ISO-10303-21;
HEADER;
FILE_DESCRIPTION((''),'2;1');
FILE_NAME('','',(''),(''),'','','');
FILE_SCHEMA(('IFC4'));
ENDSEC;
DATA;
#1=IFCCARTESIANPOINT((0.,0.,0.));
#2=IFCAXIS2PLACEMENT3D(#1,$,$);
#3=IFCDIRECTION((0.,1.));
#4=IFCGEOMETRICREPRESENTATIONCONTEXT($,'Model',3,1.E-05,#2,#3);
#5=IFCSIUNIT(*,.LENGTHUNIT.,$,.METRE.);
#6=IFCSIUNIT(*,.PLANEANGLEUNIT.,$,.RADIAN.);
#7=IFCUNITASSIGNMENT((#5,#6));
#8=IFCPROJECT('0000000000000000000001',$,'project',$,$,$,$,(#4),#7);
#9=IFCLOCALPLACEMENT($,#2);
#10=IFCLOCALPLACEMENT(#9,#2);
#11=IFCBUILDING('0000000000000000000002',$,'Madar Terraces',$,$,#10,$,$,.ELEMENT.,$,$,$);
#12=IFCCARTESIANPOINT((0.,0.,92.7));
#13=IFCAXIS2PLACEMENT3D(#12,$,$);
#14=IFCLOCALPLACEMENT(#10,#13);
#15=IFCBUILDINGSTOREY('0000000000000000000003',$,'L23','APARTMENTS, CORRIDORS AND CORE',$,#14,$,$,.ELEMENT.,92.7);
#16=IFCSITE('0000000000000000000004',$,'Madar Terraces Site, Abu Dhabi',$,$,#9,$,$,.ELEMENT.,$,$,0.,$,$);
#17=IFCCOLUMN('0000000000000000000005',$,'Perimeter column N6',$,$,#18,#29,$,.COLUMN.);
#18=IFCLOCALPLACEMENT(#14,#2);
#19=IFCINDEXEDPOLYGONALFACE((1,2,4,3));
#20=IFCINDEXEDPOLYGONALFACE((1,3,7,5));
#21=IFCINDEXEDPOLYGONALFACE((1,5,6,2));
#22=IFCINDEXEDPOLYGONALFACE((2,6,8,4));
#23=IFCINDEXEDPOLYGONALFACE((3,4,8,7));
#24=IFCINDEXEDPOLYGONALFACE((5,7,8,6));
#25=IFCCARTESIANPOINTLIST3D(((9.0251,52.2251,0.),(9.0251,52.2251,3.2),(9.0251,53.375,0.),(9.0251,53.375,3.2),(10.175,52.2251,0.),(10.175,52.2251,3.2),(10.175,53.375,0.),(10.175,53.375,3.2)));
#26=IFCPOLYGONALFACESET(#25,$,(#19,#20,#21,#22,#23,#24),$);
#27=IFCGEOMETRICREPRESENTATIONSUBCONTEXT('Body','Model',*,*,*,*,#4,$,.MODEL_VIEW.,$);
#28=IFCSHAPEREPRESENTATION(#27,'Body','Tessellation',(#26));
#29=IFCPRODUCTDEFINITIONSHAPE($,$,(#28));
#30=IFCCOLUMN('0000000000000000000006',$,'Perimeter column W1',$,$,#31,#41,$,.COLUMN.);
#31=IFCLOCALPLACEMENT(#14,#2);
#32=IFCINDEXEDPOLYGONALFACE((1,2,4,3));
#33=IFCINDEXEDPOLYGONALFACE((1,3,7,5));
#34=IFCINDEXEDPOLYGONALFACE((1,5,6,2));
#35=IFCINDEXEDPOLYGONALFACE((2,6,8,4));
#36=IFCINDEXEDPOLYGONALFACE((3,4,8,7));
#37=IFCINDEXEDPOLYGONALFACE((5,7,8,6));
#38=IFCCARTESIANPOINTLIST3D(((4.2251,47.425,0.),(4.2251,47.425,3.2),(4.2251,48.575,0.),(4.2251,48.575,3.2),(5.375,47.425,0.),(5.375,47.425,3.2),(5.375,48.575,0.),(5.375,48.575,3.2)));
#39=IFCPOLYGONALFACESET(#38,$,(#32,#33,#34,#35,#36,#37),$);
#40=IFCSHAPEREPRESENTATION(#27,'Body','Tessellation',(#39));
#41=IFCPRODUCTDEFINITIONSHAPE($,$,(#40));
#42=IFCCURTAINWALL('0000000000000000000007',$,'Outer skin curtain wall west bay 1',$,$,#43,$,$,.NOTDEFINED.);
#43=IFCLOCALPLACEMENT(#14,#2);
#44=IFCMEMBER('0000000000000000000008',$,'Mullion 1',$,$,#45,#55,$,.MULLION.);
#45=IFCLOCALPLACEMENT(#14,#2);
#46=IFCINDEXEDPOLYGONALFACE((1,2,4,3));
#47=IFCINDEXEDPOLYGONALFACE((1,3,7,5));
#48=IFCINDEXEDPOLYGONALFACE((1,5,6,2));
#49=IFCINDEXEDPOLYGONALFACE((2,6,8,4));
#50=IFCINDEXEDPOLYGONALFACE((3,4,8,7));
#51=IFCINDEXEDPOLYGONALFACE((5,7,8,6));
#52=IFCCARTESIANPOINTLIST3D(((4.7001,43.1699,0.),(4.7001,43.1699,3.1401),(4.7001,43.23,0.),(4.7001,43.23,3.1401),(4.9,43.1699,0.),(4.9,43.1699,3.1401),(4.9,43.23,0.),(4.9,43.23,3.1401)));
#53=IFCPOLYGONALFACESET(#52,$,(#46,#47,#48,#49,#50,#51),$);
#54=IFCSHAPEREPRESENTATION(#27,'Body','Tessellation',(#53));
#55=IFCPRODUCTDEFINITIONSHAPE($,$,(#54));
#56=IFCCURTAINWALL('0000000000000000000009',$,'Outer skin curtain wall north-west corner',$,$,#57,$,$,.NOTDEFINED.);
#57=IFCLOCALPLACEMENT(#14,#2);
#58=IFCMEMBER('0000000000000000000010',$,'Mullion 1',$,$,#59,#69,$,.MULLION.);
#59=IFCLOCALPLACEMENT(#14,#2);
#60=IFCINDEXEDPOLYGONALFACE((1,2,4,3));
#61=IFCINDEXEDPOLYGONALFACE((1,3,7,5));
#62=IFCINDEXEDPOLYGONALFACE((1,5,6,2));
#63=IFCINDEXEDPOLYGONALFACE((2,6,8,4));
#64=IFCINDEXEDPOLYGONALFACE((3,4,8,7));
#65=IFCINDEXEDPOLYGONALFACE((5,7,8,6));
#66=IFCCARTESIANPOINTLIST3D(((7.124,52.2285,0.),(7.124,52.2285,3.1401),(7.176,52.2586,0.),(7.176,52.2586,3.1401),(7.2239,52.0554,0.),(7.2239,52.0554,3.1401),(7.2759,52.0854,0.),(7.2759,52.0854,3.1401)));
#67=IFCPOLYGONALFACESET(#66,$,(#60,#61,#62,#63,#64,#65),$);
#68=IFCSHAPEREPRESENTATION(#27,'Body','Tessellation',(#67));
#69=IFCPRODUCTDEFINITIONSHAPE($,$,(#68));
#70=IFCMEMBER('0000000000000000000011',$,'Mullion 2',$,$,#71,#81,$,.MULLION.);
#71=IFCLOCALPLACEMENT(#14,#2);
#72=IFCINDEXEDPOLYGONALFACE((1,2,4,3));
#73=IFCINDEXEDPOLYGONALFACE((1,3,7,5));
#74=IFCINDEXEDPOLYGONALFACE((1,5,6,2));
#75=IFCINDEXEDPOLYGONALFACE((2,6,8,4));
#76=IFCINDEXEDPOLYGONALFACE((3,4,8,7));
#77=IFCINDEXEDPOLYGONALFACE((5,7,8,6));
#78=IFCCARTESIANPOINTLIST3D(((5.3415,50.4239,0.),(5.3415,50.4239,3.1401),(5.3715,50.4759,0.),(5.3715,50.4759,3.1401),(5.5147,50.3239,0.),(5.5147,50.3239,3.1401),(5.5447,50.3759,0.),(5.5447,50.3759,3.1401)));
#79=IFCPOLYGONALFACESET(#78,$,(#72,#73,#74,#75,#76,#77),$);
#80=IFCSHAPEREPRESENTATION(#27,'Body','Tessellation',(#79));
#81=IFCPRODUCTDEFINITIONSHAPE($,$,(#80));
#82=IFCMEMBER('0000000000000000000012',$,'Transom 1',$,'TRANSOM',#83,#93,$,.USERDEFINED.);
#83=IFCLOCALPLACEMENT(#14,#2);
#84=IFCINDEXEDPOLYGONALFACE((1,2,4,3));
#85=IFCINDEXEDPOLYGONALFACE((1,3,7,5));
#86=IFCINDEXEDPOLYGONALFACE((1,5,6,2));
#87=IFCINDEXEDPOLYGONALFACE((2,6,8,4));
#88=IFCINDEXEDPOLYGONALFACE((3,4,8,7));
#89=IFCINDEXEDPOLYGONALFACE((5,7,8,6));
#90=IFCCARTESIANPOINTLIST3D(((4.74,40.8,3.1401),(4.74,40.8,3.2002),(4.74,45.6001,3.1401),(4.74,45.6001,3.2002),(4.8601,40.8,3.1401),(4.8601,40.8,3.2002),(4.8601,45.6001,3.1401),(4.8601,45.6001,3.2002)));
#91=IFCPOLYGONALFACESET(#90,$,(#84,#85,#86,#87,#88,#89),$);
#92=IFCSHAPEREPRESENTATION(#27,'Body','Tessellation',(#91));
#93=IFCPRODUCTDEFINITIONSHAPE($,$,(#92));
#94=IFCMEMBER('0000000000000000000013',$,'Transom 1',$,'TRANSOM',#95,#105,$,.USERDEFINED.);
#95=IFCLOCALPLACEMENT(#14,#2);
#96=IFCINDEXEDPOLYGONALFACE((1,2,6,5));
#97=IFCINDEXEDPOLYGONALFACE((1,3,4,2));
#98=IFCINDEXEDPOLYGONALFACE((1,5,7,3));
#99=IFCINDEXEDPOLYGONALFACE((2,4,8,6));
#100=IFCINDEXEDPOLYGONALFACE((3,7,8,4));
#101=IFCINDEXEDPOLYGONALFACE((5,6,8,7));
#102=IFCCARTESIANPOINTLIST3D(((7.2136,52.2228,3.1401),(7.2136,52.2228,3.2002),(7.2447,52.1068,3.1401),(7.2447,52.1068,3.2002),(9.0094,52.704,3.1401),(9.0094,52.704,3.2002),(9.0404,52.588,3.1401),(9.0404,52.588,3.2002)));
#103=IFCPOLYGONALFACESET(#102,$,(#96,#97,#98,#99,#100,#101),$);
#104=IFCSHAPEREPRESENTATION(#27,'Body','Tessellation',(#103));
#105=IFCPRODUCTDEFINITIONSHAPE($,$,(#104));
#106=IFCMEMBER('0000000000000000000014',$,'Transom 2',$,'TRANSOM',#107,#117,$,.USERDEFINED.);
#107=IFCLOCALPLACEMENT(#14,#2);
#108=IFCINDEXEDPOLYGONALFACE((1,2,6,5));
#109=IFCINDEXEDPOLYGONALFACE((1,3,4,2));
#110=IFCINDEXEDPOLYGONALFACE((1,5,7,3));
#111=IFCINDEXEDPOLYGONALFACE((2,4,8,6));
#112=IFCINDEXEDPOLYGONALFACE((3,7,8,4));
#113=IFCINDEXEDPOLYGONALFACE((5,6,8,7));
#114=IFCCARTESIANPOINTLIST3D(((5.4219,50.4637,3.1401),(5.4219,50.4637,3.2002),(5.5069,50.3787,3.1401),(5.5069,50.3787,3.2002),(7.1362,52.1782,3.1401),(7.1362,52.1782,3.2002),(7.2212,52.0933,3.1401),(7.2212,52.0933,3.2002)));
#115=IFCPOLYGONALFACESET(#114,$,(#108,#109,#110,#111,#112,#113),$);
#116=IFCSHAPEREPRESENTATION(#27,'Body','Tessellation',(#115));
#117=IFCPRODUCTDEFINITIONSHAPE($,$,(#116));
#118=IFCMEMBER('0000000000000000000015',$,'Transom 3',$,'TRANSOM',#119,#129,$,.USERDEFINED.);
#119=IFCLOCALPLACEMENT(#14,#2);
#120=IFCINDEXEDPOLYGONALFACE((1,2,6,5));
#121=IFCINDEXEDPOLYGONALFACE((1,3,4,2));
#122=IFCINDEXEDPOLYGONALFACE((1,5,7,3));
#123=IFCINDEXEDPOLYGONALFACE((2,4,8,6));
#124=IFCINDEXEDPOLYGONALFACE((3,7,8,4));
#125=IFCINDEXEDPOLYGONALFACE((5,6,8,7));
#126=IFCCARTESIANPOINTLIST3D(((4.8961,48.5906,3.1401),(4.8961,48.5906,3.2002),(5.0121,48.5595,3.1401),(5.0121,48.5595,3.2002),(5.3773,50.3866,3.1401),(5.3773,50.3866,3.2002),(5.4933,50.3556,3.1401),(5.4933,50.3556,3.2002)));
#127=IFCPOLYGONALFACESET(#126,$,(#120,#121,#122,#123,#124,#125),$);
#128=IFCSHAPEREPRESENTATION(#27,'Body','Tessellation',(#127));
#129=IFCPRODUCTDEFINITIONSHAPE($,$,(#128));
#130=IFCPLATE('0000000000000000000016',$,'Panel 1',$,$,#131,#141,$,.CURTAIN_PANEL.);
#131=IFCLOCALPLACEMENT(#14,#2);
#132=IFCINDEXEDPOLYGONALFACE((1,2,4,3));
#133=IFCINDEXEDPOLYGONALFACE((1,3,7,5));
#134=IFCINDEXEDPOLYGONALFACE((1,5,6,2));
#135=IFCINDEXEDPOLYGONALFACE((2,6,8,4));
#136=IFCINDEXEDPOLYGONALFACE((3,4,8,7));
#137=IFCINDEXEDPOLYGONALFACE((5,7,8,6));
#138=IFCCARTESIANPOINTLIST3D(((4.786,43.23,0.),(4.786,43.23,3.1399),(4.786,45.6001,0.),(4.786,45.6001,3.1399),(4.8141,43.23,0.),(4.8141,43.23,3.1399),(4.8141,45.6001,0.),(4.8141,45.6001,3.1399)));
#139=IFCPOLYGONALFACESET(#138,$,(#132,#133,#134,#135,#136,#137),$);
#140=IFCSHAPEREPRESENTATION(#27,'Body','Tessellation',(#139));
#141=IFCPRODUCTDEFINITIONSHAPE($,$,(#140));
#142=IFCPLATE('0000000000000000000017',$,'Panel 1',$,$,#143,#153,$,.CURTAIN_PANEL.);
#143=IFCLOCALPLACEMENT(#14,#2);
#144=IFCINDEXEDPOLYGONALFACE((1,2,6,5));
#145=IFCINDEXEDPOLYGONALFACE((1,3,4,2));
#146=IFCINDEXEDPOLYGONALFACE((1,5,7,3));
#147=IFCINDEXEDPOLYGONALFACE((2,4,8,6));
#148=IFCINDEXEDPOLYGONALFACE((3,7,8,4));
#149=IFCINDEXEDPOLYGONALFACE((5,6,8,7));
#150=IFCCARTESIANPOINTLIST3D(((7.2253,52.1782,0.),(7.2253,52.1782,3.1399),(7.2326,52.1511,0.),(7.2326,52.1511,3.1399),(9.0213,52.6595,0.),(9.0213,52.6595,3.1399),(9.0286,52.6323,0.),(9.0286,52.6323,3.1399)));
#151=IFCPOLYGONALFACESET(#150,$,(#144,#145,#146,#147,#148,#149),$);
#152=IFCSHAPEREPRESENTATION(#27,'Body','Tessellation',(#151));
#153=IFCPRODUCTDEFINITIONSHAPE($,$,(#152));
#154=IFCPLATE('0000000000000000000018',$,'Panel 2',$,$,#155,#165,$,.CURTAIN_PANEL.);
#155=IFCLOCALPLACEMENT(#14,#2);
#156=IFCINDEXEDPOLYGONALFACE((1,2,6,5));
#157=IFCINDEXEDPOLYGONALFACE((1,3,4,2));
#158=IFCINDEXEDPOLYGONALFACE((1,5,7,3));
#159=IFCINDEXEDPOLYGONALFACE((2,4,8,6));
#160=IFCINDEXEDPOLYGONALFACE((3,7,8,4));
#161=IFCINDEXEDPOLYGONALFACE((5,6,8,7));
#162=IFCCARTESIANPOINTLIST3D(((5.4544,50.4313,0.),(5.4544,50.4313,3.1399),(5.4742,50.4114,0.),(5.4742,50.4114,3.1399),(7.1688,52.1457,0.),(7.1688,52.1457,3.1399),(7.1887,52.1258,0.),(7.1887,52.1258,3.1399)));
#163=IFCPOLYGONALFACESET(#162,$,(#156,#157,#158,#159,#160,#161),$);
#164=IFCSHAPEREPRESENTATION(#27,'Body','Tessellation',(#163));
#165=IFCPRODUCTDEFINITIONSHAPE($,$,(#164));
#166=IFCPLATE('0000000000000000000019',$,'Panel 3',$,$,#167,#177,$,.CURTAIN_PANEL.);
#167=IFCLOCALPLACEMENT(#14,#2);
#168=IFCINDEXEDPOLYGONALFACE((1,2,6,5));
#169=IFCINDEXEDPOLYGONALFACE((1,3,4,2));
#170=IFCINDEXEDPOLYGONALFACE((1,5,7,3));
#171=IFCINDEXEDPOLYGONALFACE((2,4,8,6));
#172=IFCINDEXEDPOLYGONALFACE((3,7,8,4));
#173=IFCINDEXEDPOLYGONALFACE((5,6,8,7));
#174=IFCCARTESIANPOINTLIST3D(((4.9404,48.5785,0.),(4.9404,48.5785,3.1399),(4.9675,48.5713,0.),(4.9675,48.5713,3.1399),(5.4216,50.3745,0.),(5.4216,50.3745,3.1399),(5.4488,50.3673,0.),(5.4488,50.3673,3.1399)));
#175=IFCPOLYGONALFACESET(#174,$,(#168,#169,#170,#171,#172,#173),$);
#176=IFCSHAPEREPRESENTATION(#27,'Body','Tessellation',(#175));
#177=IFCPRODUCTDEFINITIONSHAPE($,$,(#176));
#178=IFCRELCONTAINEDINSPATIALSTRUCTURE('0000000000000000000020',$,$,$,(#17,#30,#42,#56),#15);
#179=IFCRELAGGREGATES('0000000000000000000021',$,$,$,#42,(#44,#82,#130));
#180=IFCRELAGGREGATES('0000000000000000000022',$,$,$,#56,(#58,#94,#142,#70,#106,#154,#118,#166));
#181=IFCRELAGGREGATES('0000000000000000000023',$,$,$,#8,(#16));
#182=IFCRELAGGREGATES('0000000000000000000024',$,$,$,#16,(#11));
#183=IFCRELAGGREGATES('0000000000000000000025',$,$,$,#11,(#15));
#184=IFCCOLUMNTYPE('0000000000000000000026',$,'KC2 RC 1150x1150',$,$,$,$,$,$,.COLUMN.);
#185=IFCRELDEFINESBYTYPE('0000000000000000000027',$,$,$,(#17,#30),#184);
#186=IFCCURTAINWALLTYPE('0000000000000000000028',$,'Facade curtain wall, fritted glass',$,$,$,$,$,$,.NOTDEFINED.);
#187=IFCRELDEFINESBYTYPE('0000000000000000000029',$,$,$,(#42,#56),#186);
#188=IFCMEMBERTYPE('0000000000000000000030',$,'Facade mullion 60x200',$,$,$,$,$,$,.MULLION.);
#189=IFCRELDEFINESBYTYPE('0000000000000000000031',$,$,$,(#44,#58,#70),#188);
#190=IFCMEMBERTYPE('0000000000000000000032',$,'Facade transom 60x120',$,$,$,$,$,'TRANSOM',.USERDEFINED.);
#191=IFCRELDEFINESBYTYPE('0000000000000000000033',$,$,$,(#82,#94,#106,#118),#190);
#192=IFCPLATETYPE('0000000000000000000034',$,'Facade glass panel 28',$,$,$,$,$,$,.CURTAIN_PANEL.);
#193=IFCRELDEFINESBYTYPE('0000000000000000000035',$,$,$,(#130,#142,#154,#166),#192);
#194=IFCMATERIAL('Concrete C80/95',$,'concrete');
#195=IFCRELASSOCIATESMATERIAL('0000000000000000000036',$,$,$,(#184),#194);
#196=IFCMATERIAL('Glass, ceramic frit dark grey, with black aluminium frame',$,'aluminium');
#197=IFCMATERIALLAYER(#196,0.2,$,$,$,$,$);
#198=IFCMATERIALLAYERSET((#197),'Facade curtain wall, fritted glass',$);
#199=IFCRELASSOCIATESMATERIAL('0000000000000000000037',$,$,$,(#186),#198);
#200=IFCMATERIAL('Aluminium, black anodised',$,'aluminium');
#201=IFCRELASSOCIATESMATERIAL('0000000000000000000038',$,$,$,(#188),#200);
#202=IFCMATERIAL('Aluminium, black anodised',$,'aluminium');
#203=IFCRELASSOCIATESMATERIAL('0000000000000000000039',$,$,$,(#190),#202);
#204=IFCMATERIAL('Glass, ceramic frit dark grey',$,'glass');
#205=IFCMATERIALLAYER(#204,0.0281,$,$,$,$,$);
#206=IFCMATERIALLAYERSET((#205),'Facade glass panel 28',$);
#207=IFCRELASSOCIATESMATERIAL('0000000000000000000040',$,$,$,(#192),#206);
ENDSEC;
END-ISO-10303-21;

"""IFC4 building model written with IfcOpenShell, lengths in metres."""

from ifc_helpers import new_model, si_unit, direction, frame, origin, origin_2d, place, context, subcontext, project, spatial, rectangle, extrude, material, layer, layer_set, material_profile, profile_set, type_object, element, aggregate, save


model = new_model("IFC4")

# Units and contexts
model_context = context("Model", 3, precision=1e-05, world=origin(), true_north=direction((0.0, 1.0)))
body_context = subcontext(model_context, "Body", "Model", "MODEL_VIEW")
ifc_project = project(units=[si_unit("LENGTHUNIT", "METRE"), si_unit("PLANEANGLEUNIT", "RADIAN")], contexts=[model_context])

# Site, building, storey
site_placement = place(None, origin())
site = spatial("IfcSite", under=ifc_project, at=site_placement, Name="Madar Terraces Site, Abu Dhabi", CompositionType="ELEMENT", RefElevation=0.0)
building_placement = place(site_placement, origin())
building = spatial("IfcBuilding", under=site, at=building_placement, Name="Madar Terraces", CompositionType="ELEMENT")
storey_placement = place(building_placement, frame((0.0, 0.0, 92.7)))
storey = spatial("IfcBuildingStorey", under=building, at=storey_placement, Name="L23", Description="APARTMENTS, CORRIDORS AND CORE", CompositionType="ELEMENT", Elevation=92.7)

# Columns
ifc_material_1 = material(Name="Concrete C80/95", Category="concrete")
ifc_material_profile_1 = material_profile(ifc_material_1, rectangle(XDim=1.1499, YDim=1.1499, at=origin_2d()), Name="KC2 RC 1150x1150")
ifc_profile_set_1 = profile_set([ifc_material_profile_1], Name="Concrete C80/95")
column_type = type_object("IfcColumnType", Name="KC2 RC 1150x1150", PredefinedType="COLUMN", material=ifc_profile_set_1)
for number, where, z_axis, x_axis, name in (
    (1, (9.6001, 52.8, 0.0), (0.0, 0.0, 1.0), (1.0, 0.0, 0.0), "Perimeter column N6"),
    (2, (4.8, 48.0, 0.0), (0.0, 0.0, 1.0), (1.0, 0.0, 0.0), "Perimeter column W1"),
):
    element("IfcColumn", number, at=place(storey_placement, frame(where, z_axis=z_axis, x_axis=x_axis)), inside=storey, type_object=column_type, Name=name, PredefinedType="COLUMN", context=body_context, shape_type="SweptSolid", body=[
        extrude(rectangle(XDim=1.1499, YDim=1.1499, at=origin_2d()), origin(), (0.0, 0.0, 1.0), 3.2),
    ])

# Curtain wall, member
ifc_material_2 = material(Name="Glass, ceramic frit dark grey, with black aluminium frame", Category="aluminium")
ifc_layer_1 = layer(ifc_material_2, 0.2)
ifc_layer_set_1 = layer_set([ifc_layer_1], Name="Facade curtain wall, fritted glass")
curtain_wall_type = type_object("IfcCurtainWallType", Name="Facade curtain wall, fritted glass", PredefinedType="NOTDEFINED", material=ifc_layer_set_1)
curtain_wall_1_placement = place(storey_placement, origin())
curtain_wall_1 = element("IfcCurtainWall", 3, at=curtain_wall_1_placement, inside=storey, type_object=curtain_wall_type, Name="Outer skin curtain wall west bay 1", PredefinedType="NOTDEFINED")
ifc_material_3 = material(Name="Aluminium, black anodised", Category="aluminium")
ifc_material_profile_2 = material_profile(ifc_material_3, rectangle(XDim=0.2, YDim=0.0601, at=origin_2d()), Name="Facade mullion 60x200")
ifc_profile_set_2 = profile_set([ifc_material_profile_2], Name="Aluminium, black anodised")
member_type_1 = type_object("IfcMemberType", Name="Facade mullion 60x200", PredefinedType="MULLION", material=ifc_profile_set_2)
member_1_placement = place(storey_placement, frame((4.8, 43.2, 0.0), z_axis=(0.0, 0.0, 1.0), x_axis=(1.0, 0.0, 0.0)))
member_1 = element("IfcMember", 4, at=member_1_placement, type_object=member_type_1, Name="Mullion 1", PredefinedType="MULLION", context=body_context, shape_type="SweptSolid", body=[
    extrude(rectangle(XDim=0.2, YDim=0.0601, at=origin_2d()), origin(), (0.0, 0.0, 1.0), 3.1401),
])

# Curtain wall, members
curtain_wall_2_placement = place(storey_placement, origin())
curtain_wall_2 = element("IfcCurtainWall", 5, at=curtain_wall_2_placement, inside=storey, type_object=curtain_wall_type, Name="Outer skin curtain wall north-west corner", PredefinedType="NOTDEFINED")
member_2_placement = place(storey_placement, frame((7.2, 52.157, 0.0), z_axis=(0.0, 0.0, 1.0), x_axis=(0.5, -0.866025, 0.0)))
member_2 = element("IfcMember", 6, at=member_2_placement, type_object=member_type_1, Name="Mullion 1", PredefinedType="MULLION", context=body_context, shape_type="SweptSolid", body=[
    extrude(rectangle(XDim=0.2, YDim=0.0601, at=origin_2d()), origin(), (0.0, 0.0, 1.0), 3.1401),
])
member_3_placement = place(storey_placement, frame((5.4431, 50.3999, 0.0), z_axis=(0.0, 0.0, 1.0), x_axis=(0.866025, -0.5, 0.0)))
member_3 = element("IfcMember", 7, at=member_3_placement, type_object=member_type_1, Name="Mullion 2", PredefinedType="MULLION", context=body_context, shape_type="SweptSolid", body=[
    extrude(rectangle(XDim=0.2, YDim=0.0601, at=origin_2d()), origin(), (0.0, 0.0, 1.0), 3.1401),
])

# Members
ifc_material_4 = material(Name="Aluminium, black anodised", Category="aluminium")
ifc_material_profile_3 = material_profile(ifc_material_4, rectangle(XDim=0.1201, YDim=0.0601, at=origin_2d()), Name="Facade transom 60x120")
ifc_profile_set_3 = profile_set([ifc_material_profile_3], Name="Aluminium, black anodised")
member_type_2 = type_object("IfcMemberType", Name="Facade transom 60x120", ElementType="TRANSOM", PredefinedType="USERDEFINED", material=ifc_profile_set_3)
member_4_placement = place(storey_placement, frame((4.8, 45.6001, 3.1702), z_axis=(0.0, -1.0, 0.0), x_axis=(1.0, 0.0, 0.0)))
member_4 = element("IfcMember", 8, at=member_4_placement, type_object=member_type_2, Name="Transom 1", ObjectType="TRANSOM", PredefinedType="USERDEFINED", context=body_context, shape_type="SweptSolid", body=[
    extrude(rectangle(XDim=0.1201, YDim=0.0601, at=origin_2d()), origin(), (0.0, 0.0, 1.0), 4.8),
])
member_5_placement = place(storey_placement, frame((9.0249, 52.646, 3.1702), z_axis=(-0.965927, -0.258815, 0.0), x_axis=(0.258815, -0.965927, 0.0)))
member_5 = element("IfcMember", 9, at=member_5_placement, type_object=member_type_2, Name="Transom 1", ObjectType="TRANSOM", PredefinedType="USERDEFINED", context=body_context, shape_type="SweptSolid", body=[
    extrude(rectangle(XDim=0.1201, YDim=0.0601, at=origin_2d()), origin(), (0.0, 0.0, 1.0), 1.8591),
])
member_6_placement = place(storey_placement, frame((7.1787, 52.1357, 3.1702), z_axis=(-0.707056, -0.707157, 0.0), x_axis=(0.707157, -0.707056, 0.0)))
member_6 = element("IfcMember", 10, at=member_6_placement, type_object=member_type_2, Name="Transom 2", ObjectType="TRANSOM", PredefinedType="USERDEFINED", context=body_context, shape_type="SweptSolid", body=[
    extrude(rectangle(XDim=0.1201, YDim=0.0601, at=origin_2d()), origin(), (0.0, 0.0, 1.0), 2.4246),
])
member_7_placement = place(storey_placement, frame((5.4353, 50.3711, 3.1702), z_axis=(-0.258782, -0.965936, 0.0), x_axis=(0.965936, -0.258782, 0.0)))
member_7 = element("IfcMember", 11, at=member_7_placement, type_object=member_type_2, Name="Transom 3", ObjectType="TRANSOM", PredefinedType="USERDEFINED", context=body_context, shape_type="SweptSolid", body=[
    extrude(rectangle(XDim=0.1201, YDim=0.0601, at=origin_2d()), origin(), (0.0, 0.0, 1.0), 1.8594),
])

# Plates
ifc_material_5 = material(Name="Glass, ceramic frit dark grey", Category="glass")
ifc_layer_2 = layer(ifc_material_5, 0.0281)
ifc_layer_set_2 = layer_set([ifc_layer_2], Name="Facade glass panel 28")
plate_type = type_object("IfcPlateType", Name="Facade glass panel 28", PredefinedType="CURTAIN_PANEL", material=ifc_layer_set_2)
plate_1_placement = place(storey_placement, frame((4.8, 44.415, 0.0), z_axis=(0.0, 0.0, 1.0), x_axis=(0.0, -1.0, 0.0)))
plate_1 = element("IfcPlate", 12, at=plate_1_placement, type_object=plate_type, Name="Panel 1", PredefinedType="CURTAIN_PANEL", context=body_context, shape_type="SweptSolid", body=[
    extrude(rectangle(XDim=2.3701, YDim=0.0281, at=origin_2d()), origin(), (0.0, 0.0, 1.0), 3.1399),
])
aggregate(curtain_wall_1, [member_1, member_4, plate_1])
plate_2_placement = place(storey_placement, frame((8.127, 52.4053, 0.0), z_axis=(0.0, 0.0, 1.0), x_axis=(-0.965926, -0.258819, 0.0)))
plate_2 = element("IfcPlate", 13, at=plate_2_placement, type_object=plate_type, Name="Panel 1", PredefinedType="CURTAIN_PANEL", context=body_context, shape_type="SweptSolid", body=[
    extrude(rectangle(XDim=1.8594, YDim=0.0281, at=origin_2d()), origin(), (0.0, 0.0, 1.0), 3.1399),
])
plate_3_placement = place(storey_placement, frame((6.3215, 51.2786, 0.0), z_axis=(0.0, 0.0, 1.0), x_axis=(-0.707107, -0.707107, 0.0)))
plate_3 = element("IfcPlate", 14, at=plate_3_placement, type_object=plate_type, Name="Panel 2", PredefinedType="CURTAIN_PANEL", context=body_context, shape_type="SweptSolid", body=[
    extrude(rectangle(XDim=2.4246, YDim=0.0281, at=origin_2d()), origin(), (0.0, 0.0, 1.0), 3.1399),
])
plate_4_placement = place(storey_placement, frame((5.1946, 49.4729, 0.0), z_axis=(0.0, 0.0, 1.0), x_axis=(-0.258819, -0.965926, 0.0)))
plate_4 = element("IfcPlate", 15, at=plate_4_placement, type_object=plate_type, Name="Panel 3", PredefinedType="CURTAIN_PANEL", context=body_context, shape_type="SweptSolid", body=[
    extrude(rectangle(XDim=1.8594, YDim=0.0281, at=origin_2d()), origin(), (0.0, 0.0, 1.0), 3.1399),
])
aggregate(curtain_wall_2, [member_2, member_5, plate_2, member_3, member_6, plate_3, member_7, plate_4])

save(model, "model.ifc")
